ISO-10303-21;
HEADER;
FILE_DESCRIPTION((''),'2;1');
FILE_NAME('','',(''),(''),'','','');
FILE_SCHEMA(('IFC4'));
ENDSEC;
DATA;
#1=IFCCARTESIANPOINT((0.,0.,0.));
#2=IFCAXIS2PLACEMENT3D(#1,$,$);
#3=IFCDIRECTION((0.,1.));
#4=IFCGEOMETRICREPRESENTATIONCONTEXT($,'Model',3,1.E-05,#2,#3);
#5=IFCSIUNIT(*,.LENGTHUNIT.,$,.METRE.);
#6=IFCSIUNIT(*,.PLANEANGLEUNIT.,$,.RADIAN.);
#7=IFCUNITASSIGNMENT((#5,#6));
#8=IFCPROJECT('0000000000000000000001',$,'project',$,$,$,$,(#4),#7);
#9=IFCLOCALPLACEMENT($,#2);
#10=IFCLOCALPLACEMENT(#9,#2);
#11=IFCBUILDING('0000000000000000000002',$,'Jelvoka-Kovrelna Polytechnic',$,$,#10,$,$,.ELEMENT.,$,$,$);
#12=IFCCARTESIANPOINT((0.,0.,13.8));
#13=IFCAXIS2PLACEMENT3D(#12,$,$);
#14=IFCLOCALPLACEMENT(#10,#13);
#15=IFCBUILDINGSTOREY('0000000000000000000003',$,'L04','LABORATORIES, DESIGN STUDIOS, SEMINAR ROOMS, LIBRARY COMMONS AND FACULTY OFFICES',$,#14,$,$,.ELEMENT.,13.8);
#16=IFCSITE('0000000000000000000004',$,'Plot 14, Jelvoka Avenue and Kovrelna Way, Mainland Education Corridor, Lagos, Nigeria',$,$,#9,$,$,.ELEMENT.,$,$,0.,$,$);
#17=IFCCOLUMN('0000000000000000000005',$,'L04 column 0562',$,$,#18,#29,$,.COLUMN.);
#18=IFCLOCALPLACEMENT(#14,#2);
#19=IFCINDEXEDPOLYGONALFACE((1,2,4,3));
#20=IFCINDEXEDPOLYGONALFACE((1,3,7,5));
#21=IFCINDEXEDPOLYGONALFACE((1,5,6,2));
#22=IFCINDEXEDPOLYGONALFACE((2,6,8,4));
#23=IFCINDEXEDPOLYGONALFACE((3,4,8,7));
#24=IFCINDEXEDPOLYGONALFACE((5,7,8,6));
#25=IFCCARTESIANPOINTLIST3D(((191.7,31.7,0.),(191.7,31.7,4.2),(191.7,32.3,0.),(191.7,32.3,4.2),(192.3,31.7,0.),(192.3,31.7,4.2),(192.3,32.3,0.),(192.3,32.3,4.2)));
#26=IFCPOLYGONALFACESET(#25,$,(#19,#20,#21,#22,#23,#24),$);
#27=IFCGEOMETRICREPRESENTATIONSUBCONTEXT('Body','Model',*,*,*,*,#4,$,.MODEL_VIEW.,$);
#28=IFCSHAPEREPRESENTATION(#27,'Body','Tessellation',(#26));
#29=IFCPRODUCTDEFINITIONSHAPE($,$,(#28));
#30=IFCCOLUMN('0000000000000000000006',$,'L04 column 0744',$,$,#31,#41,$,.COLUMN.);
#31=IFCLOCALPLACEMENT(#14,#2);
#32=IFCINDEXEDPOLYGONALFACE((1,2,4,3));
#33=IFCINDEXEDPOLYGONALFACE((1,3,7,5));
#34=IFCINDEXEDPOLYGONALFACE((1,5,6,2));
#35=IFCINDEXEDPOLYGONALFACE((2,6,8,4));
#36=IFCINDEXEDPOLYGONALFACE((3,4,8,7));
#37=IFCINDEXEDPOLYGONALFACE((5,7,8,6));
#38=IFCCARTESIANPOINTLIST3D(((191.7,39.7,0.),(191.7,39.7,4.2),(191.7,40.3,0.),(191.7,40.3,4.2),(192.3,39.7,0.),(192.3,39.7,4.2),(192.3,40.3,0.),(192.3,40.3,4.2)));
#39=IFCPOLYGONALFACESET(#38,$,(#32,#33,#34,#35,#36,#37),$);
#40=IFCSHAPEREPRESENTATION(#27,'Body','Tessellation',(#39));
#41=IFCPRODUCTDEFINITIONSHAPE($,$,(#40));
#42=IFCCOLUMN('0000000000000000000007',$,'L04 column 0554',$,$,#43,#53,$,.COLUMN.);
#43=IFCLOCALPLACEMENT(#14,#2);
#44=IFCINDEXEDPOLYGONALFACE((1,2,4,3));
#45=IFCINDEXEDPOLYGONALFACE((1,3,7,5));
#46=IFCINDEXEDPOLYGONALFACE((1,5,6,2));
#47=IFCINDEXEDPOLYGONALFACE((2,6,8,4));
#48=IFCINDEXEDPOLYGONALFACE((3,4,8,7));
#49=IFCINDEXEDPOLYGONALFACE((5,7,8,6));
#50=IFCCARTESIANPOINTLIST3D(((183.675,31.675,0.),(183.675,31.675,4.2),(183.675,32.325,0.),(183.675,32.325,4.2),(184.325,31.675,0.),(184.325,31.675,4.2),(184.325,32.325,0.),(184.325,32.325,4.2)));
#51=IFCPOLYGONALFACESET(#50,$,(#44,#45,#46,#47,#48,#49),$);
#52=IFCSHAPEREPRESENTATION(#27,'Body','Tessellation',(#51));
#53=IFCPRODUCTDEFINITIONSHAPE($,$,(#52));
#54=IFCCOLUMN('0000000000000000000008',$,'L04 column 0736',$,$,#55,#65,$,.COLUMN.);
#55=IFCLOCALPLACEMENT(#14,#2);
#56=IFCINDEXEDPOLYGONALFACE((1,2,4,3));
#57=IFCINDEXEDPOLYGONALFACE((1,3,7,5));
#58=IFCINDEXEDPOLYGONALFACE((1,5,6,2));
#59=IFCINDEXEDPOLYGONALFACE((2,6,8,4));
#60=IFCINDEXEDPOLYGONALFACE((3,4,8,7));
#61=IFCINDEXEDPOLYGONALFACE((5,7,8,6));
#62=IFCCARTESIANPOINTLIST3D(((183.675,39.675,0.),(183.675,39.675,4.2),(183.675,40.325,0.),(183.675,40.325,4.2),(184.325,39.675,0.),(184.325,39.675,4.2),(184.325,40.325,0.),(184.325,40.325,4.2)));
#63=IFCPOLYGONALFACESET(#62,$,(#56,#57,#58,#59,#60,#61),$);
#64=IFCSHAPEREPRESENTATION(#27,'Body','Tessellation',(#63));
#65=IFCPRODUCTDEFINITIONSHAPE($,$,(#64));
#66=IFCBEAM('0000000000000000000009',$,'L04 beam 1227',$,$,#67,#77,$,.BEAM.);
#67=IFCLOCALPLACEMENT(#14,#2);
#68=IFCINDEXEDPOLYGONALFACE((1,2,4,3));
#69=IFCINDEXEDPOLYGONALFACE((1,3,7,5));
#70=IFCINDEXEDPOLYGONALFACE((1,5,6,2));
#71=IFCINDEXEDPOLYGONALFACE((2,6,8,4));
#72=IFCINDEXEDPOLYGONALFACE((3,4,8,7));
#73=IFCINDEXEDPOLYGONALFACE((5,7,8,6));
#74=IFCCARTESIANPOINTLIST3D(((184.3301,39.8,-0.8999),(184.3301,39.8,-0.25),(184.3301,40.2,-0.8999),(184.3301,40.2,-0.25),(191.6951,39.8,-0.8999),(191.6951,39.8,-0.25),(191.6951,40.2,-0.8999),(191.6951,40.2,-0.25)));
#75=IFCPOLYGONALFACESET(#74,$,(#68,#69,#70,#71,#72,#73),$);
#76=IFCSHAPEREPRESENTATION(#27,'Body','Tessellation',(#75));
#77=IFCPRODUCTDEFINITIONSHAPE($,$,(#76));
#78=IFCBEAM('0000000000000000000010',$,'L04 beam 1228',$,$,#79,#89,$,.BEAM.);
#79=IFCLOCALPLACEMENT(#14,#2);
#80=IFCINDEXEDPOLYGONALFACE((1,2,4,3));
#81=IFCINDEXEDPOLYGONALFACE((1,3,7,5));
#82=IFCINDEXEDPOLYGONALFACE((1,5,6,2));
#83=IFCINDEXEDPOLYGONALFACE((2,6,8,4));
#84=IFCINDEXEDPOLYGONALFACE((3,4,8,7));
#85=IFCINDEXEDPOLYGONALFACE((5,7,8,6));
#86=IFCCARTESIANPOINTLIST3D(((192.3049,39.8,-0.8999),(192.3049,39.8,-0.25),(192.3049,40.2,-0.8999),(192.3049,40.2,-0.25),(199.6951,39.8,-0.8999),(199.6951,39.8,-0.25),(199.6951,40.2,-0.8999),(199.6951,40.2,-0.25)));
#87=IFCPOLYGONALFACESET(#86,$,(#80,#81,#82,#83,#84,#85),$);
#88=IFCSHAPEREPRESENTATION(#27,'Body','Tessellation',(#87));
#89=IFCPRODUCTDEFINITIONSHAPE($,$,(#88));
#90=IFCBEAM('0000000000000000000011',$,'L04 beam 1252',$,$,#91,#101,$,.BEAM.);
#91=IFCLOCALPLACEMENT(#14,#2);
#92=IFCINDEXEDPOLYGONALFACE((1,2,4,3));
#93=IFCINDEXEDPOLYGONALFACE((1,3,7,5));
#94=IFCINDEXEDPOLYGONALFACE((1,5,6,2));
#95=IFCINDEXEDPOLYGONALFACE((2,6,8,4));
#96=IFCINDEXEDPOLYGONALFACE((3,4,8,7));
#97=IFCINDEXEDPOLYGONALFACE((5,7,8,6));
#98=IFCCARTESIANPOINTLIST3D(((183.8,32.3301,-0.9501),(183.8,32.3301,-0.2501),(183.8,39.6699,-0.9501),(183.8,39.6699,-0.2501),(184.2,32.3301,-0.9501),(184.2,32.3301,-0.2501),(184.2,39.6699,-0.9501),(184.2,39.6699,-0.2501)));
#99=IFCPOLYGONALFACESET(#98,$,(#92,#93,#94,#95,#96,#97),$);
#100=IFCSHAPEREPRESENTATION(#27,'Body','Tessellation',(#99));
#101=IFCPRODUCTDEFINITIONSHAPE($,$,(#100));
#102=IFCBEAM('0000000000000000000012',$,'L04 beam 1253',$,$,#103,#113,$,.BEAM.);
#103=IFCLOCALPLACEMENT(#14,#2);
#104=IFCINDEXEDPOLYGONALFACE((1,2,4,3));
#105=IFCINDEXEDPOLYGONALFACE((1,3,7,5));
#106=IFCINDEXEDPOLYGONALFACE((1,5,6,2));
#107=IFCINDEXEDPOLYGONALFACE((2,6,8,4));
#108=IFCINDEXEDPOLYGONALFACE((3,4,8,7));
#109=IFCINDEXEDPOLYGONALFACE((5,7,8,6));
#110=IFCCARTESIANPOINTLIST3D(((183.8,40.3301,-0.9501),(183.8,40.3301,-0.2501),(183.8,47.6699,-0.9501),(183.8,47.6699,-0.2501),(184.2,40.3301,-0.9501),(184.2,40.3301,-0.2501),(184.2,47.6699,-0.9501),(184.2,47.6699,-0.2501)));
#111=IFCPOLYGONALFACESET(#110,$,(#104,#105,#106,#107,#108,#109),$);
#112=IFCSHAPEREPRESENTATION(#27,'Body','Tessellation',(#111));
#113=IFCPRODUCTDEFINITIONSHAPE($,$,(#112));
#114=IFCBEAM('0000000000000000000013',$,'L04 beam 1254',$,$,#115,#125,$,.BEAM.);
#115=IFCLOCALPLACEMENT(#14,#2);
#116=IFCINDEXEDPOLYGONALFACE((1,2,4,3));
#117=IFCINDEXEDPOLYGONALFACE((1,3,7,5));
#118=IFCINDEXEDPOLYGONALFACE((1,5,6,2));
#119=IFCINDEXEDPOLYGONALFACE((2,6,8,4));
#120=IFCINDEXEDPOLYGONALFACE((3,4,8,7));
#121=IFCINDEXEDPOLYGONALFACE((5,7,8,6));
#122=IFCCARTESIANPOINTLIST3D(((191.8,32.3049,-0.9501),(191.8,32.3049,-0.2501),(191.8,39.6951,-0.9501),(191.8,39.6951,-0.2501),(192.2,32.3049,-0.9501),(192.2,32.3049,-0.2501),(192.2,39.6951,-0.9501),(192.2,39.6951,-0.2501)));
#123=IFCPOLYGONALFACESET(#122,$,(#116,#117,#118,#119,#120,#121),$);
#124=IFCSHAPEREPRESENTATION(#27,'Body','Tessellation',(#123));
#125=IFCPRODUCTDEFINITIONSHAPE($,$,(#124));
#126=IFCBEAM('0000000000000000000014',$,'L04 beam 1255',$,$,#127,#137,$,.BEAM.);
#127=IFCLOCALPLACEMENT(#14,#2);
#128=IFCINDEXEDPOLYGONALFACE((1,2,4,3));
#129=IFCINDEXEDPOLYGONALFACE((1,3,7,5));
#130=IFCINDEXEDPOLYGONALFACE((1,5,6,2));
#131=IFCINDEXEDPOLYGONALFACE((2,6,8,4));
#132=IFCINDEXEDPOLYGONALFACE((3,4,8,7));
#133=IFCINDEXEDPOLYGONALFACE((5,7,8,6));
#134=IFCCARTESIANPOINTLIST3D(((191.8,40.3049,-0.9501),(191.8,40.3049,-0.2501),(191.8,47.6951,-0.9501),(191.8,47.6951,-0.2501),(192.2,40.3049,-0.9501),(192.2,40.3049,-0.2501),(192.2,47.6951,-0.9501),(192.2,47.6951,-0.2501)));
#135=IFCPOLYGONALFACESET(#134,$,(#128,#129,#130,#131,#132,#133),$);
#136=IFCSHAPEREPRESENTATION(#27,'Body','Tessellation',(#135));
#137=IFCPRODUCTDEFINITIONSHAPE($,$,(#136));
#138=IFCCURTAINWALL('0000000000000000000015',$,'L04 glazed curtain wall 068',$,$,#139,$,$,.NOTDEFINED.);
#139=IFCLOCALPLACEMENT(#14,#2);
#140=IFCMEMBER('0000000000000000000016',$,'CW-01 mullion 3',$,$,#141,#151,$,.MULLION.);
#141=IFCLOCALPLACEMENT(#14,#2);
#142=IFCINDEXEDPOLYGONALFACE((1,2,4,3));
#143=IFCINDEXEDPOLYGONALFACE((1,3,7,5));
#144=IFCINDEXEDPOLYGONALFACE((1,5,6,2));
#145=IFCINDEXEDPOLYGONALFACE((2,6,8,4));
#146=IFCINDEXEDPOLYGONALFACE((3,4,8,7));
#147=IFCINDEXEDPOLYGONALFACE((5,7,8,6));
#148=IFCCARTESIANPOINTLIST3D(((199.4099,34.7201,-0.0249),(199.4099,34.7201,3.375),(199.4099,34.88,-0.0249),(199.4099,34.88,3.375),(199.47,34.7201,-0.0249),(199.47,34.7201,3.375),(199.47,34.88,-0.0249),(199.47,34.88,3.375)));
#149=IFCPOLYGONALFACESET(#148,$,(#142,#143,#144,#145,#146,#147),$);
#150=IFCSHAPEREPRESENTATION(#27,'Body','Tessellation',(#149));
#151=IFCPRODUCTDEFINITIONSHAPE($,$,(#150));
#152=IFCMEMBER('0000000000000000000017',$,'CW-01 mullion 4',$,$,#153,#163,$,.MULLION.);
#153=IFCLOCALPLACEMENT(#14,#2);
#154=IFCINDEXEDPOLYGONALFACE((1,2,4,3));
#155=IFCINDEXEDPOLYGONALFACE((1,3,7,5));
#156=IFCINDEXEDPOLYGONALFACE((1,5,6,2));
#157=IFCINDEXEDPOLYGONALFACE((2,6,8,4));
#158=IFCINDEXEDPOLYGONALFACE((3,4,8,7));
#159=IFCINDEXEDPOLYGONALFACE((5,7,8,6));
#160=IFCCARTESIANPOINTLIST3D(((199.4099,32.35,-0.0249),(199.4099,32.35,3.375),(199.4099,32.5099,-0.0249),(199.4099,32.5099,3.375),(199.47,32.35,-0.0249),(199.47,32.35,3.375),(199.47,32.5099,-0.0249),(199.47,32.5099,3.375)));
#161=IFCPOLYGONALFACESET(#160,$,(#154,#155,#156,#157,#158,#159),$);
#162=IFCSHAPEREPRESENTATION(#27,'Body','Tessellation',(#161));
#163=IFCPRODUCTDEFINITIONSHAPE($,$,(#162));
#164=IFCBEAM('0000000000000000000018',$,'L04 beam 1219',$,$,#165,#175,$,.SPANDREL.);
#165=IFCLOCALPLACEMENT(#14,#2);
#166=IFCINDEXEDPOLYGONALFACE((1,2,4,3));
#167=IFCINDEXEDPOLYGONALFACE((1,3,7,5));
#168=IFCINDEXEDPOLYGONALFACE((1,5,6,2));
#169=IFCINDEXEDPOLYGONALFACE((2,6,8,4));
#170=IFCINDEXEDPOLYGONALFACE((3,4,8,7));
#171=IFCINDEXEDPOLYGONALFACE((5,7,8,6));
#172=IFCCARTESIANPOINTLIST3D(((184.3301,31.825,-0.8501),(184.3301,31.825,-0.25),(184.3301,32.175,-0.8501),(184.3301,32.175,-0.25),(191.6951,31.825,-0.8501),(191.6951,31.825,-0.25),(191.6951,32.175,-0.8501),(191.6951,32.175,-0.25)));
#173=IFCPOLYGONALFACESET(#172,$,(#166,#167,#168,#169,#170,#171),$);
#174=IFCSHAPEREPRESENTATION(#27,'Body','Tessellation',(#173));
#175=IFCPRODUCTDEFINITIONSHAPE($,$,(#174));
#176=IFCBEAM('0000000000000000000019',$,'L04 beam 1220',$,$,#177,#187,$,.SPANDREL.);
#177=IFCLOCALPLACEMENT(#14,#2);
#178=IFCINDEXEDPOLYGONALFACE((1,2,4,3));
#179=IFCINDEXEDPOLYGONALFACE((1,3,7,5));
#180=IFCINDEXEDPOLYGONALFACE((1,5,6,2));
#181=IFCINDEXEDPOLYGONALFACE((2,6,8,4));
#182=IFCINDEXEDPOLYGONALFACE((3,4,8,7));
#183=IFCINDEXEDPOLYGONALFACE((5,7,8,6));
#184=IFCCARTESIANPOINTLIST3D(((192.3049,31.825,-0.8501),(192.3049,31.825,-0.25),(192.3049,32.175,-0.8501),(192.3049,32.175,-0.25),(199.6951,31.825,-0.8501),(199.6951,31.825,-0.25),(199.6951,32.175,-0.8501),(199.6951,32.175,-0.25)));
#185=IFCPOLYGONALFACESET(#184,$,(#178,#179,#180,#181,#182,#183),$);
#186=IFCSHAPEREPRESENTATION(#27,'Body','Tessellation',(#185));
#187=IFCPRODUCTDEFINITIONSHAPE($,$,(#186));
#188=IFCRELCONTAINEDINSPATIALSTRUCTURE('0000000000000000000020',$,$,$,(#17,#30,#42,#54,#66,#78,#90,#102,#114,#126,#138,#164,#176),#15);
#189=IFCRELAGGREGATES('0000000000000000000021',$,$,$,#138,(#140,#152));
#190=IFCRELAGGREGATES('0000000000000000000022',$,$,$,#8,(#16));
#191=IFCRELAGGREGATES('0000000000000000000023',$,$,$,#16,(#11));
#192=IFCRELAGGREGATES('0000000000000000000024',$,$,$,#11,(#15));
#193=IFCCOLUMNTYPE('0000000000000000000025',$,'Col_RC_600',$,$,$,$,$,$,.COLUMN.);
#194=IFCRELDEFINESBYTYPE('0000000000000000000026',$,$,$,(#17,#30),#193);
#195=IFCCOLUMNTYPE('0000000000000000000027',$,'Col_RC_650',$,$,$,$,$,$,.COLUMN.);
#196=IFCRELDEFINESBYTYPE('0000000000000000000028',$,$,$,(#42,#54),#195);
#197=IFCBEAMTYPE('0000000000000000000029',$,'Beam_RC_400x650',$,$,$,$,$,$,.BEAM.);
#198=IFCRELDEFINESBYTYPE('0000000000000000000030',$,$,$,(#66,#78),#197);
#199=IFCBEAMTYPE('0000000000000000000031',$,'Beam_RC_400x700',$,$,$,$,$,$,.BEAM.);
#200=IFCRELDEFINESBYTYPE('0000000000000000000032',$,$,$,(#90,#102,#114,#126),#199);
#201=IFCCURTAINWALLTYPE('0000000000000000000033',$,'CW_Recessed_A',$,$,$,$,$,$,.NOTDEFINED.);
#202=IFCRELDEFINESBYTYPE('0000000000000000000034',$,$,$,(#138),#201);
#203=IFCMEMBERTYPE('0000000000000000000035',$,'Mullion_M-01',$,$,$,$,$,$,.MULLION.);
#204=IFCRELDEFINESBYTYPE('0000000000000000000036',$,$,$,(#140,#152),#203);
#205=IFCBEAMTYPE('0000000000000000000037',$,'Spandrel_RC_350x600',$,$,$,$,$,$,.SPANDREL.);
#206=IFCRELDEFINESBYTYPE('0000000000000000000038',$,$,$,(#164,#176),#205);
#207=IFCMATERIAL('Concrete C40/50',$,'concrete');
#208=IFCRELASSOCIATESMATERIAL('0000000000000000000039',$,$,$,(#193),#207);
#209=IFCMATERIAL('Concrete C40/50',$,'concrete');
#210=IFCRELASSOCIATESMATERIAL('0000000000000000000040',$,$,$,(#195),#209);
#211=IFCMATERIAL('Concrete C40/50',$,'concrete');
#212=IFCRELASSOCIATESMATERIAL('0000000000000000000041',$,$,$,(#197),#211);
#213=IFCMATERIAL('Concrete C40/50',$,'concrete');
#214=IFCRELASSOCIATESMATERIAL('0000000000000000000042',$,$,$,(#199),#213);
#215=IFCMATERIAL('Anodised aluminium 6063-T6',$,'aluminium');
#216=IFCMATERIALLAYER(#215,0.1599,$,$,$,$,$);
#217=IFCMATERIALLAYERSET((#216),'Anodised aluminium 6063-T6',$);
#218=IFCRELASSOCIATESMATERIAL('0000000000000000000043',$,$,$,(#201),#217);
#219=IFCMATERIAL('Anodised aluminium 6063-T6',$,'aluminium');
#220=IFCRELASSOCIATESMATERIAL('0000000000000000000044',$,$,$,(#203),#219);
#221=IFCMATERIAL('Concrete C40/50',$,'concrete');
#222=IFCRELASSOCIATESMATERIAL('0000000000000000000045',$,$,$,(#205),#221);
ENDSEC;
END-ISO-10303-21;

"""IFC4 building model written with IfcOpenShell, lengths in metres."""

from ifc_helpers import new_model, si_unit, direction, frame, origin, origin_2d, place, context, subcontext, project, spatial, rectangle, extrude, material, layer, layer_set, material_profile, profile_set, type_object, element, aggregate, save


model = new_model("IFC4")

# Units and contexts
model_context = context("Model", 3, precision=1e-05, world=origin(), true_north=direction((0.0, 1.0)))
body_context = subcontext(model_context, "Body", "Model", "MODEL_VIEW")
ifc_project = project(units=[si_unit("LENGTHUNIT", "METRE"), si_unit("PLANEANGLEUNIT", "RADIAN")], contexts=[model_context])

# Site, building, storey
site_placement = place(None, origin())
site = spatial("IfcSite", under=ifc_project, at=site_placement, Name="Plot 14, Jelvoka Avenue and Kovrelna Way, Mainland Education Corridor, Lagos, Nigeria", CompositionType="ELEMENT", RefElevation=0.0)
building_placement = place(site_placement, origin())
building = spatial("IfcBuilding", under=site, at=building_placement, Name="Jelvoka-Kovrelna Polytechnic", CompositionType="ELEMENT")
storey_placement = place(building_placement, frame((0.0, 0.0, 13.8)))
storey = spatial("IfcBuildingStorey", under=building, at=storey_placement, Name="L04", Description="LABORATORIES, DESIGN STUDIOS, SEMINAR ROOMS, LIBRARY COMMONS AND FACULTY OFFICES", CompositionType="ELEMENT", Elevation=13.8)

# Columns
ifc_material_1 = material(Name="Concrete C40/50", Category="concrete")
ifc_material_profile_1 = material_profile(ifc_material_1, rectangle(XDim=0.6001, YDim=0.6001, at=origin_2d()), Name="RC 600x600")
ifc_profile_set_1 = profile_set([ifc_material_profile_1], Name="Concrete C40/50")
column_type_1 = type_object("IfcColumnType", Name="Col_RC_600", PredefinedType="COLUMN", material=ifc_profile_set_1)
for number, where, z_axis, x_axis, name in (
    (1, (192.0, 32.0, 0.0), (0.0, 0.0, 1.0), (1.0, 0.0, 0.0), "L04 column 0562"),
    (2, (192.0, 40.0, 0.0), (0.0, 0.0, 1.0), (1.0, 0.0, 0.0), "L04 column 0744"),
):
    element("IfcColumn", number, at=place(storey_placement, frame(where, z_axis=z_axis, x_axis=x_axis)), inside=storey, type_object=column_type_1, Name=name, PredefinedType="COLUMN", context=body_context, shape_type="SweptSolid", body=[
        extrude(rectangle(XDim=0.6001, YDim=0.6001, at=origin_2d()), origin(), (0.0, 0.0, 1.0), 4.2),
    ])
ifc_material_2 = material(Name="Concrete C40/50", Category="concrete")
ifc_material_profile_2 = material_profile(ifc_material_2, rectangle(XDim=0.6499, YDim=0.6499, at=origin_2d()), Name="RC 650x650")
ifc_profile_set_2 = profile_set([ifc_material_profile_2], Name="Concrete C40/50")
column_type_2 = type_object("IfcColumnType", Name="Col_RC_650", PredefinedType="COLUMN", material=ifc_profile_set_2)
for number, where, z_axis, x_axis, name in (
    (3, (184.0, 32.0, 0.0), (0.0, 0.0, 1.0), (1.0, 0.0, 0.0), "L04 column 0554"),
    (4, (184.0, 40.0, 0.0), (0.0, 0.0, 1.0), (1.0, 0.0, 0.0), "L04 column 0736"),
):
    element("IfcColumn", number, at=place(storey_placement, frame(where, z_axis=z_axis, x_axis=x_axis)), inside=storey, type_object=column_type_2, Name=name, PredefinedType="COLUMN", context=body_context, shape_type="SweptSolid", body=[
        extrude(rectangle(XDim=0.6499, YDim=0.6499, at=origin_2d()), origin(), (0.0, 0.0, 1.0), 4.2),
    ])

# Beams
ifc_material_3 = material(Name="Concrete C40/50", Category="concrete")
ifc_material_profile_3 = material_profile(ifc_material_3, rectangle(XDim=0.3999, YDim=0.6499, at=origin_2d()), Name="RC 400x650")
ifc_profile_set_3 = profile_set([ifc_material_profile_3], Name="Concrete C40/50")
beam_type_1 = type_object("IfcBeamType", Name="Beam_RC_400x650", PredefinedType="BEAM", material=ifc_profile_set_3)
beam_1_placement = place(storey_placement, frame((184.3301, 40.0, -0.575), z_axis=(1.0, 0.0, 0.0), x_axis=(0.0, 1.0, 0.0)))
element("IfcBeam", 5, at=beam_1_placement, inside=storey, type_object=beam_type_1, Name="L04 beam 1227", PredefinedType="BEAM", context=body_context, shape_type="SweptSolid", body=[
    extrude(rectangle(XDim=0.3999, YDim=0.6499, at=origin_2d()), origin(), (0.0, 0.0, 1.0), 7.365),
])
beam_2_placement = place(storey_placement, frame((192.3049, 40.0, -0.575), z_axis=(1.0, 0.0, 0.0), x_axis=(0.0, 1.0, 0.0)))
element("IfcBeam", 6, at=beam_2_placement, inside=storey, type_object=beam_type_1, Name="L04 beam 1228", PredefinedType="BEAM", context=body_context, shape_type="SweptSolid", body=[
    extrude(rectangle(XDim=0.3999, YDim=0.6499, at=origin_2d()), origin(), (0.0, 0.0, 1.0), 7.3901),
])
ifc_material_4 = material(Name="Concrete C40/50", Category="concrete")
ifc_material_profile_4 = material_profile(ifc_material_4, rectangle(XDim=0.3999, YDim=0.7, at=origin_2d()), Name="RC 400x700")
ifc_profile_set_4 = profile_set([ifc_material_profile_4], Name="Concrete C40/50")
beam_type_2 = type_object("IfcBeamType", Name="Beam_RC_400x700", PredefinedType="BEAM", material=ifc_profile_set_4)
for number, where, z_axis, x_axis, name in (
    (7, (184.0, 32.3301, -0.6001), (0.0, 1.0, 0.0), (-1.0, 0.0, 0.0), "L04 beam 1252"),
    (8, (184.0, 40.3301, -0.6001), (0.0, 1.0, 0.0), (-1.0, 0.0, 0.0), "L04 beam 1253"),
):
    element("IfcBeam", number, at=place(storey_placement, frame(where, z_axis=z_axis, x_axis=x_axis)), inside=storey, type_object=beam_type_2, Name=name, PredefinedType="BEAM", context=body_context, shape_type="SweptSolid", body=[
        extrude(rectangle(XDim=0.3999, YDim=0.7, at=origin_2d()), origin(), (0.0, 0.0, 1.0), 7.3398),
    ])
for number, where, z_axis, x_axis, name in (
    (9, (192.0, 32.3049, -0.6001), (0.0, 1.0, 0.0), (-1.0, 0.0, 0.0), "L04 beam 1254"),
    (10, (192.0, 40.3049, -0.6001), (0.0, 1.0, 0.0), (-1.0, 0.0, 0.0), "L04 beam 1255"),
):
    element("IfcBeam", number, at=place(storey_placement, frame(where, z_axis=z_axis, x_axis=x_axis)), inside=storey, type_object=beam_type_2, Name=name, PredefinedType="BEAM", context=body_context, shape_type="SweptSolid", body=[
        extrude(rectangle(XDim=0.3999, YDim=0.7, at=origin_2d()), origin(), (0.0, 0.0, 1.0), 7.3901),
    ])

# Curtain wall, members
ifc_material_5 = material(Name="Anodised aluminium 6063-T6", Category="aluminium")
ifc_layer_1 = layer(ifc_material_5, 0.1599)
ifc_layer_set_1 = layer_set([ifc_layer_1], Name="Anodised aluminium 6063-T6")
curtain_wall_type = type_object("IfcCurtainWallType", Name="CW_Recessed_A", PredefinedType="NOTDEFINED", material=ifc_layer_set_1)
curtain_wall_placement = place(storey_placement, origin())
curtain_wall = element("IfcCurtainWall", 11, at=curtain_wall_placement, inside=storey, type_object=curtain_wall_type, Name="L04 glazed curtain wall 068", PredefinedType="NOTDEFINED")
ifc_material_6 = material(Name="Anodised aluminium 6063-T6", Category="aluminium")
ifc_material_profile_5 = material_profile(ifc_material_6, rectangle(XDim=0.0601, YDim=0.1599, at=origin_2d()), Name="ALU 60x160")
ifc_profile_set_5 = profile_set([ifc_material_profile_5], Name="Anodised aluminium 6063-T6")
member_type_1 = type_object("IfcMemberType", Name="Mullion_M-01", PredefinedType="MULLION", material=ifc_profile_set_5)
member_1_placement = place(storey_placement, frame((199.4399, 34.8, -0.0249), z_axis=(0.0, 0.0, 1.0), x_axis=(1.0, 0.0, 0.0)))
member_1 = element("IfcMember", 12, at=member_1_placement, type_object=member_type_1, Name="CW-01 mullion 3", PredefinedType="MULLION", context=body_context, shape_type="SweptSolid", body=[
    extrude(rectangle(XDim=0.0601, YDim=0.1599, at=origin_2d()), origin(), (0.0, 0.0, 1.0), 3.3999),
])
member_2_placement = place(storey_placement, frame((199.4399, 32.4299, -0.0249), z_axis=(0.0, 0.0, 1.0), x_axis=(1.0, 0.0, 0.0)))
member_2 = element("IfcMember", 13, at=member_2_placement, type_object=member_type_1, Name="CW-01 mullion 4", PredefinedType="MULLION", context=body_context, shape_type="SweptSolid", body=[
    extrude(rectangle(XDim=0.0601, YDim=0.1599, at=origin_2d()), origin(), (0.0, 0.0, 1.0), 3.3999),
])

# Beams
ifc_material_7 = material(Name="Concrete C40/50", Category="concrete")
ifc_material_profile_6 = material_profile(ifc_material_7, rectangle(XDim=0.3501, YDim=0.6001, at=origin_2d()), Name="RC 350x600")
ifc_profile_set_6 = profile_set([ifc_material_profile_6], Name="Concrete C40/50")
beam_type_3 = type_object("IfcBeamType", Name="Spandrel_RC_350x600", PredefinedType="SPANDREL", material=ifc_profile_set_6)
beam_3_placement = place(storey_placement, frame((184.3301, 32.0, -0.55), z_axis=(1.0, 0.0, 0.0), x_axis=(0.0, 1.0, 0.0)))
element("IfcBeam", 14, at=beam_3_placement, inside=storey, type_object=beam_type_3, Name="L04 beam 1219", PredefinedType="SPANDREL", context=body_context, shape_type="SweptSolid", body=[
    extrude(rectangle(XDim=0.3501, YDim=0.6001, at=origin_2d()), origin(), (0.0, 0.0, 1.0), 7.365),
])
beam_4_placement = place(storey_placement, frame((192.3049, 32.0, -0.55), z_axis=(1.0, 0.0, 0.0), x_axis=(0.0, 1.0, 0.0)))
element("IfcBeam", 15, at=beam_4_placement, inside=storey, type_object=beam_type_3, Name="L04 beam 1220", PredefinedType="SPANDREL", context=body_context, shape_type="SweptSolid", body=[
    extrude(rectangle(XDim=0.3501, YDim=0.6001, at=origin_2d()), origin(), (0.0, 0.0, 1.0), 7.3901),
])

aggregate(curtain_wall, [member_1, member_2])

save(model, "model.ifc")
